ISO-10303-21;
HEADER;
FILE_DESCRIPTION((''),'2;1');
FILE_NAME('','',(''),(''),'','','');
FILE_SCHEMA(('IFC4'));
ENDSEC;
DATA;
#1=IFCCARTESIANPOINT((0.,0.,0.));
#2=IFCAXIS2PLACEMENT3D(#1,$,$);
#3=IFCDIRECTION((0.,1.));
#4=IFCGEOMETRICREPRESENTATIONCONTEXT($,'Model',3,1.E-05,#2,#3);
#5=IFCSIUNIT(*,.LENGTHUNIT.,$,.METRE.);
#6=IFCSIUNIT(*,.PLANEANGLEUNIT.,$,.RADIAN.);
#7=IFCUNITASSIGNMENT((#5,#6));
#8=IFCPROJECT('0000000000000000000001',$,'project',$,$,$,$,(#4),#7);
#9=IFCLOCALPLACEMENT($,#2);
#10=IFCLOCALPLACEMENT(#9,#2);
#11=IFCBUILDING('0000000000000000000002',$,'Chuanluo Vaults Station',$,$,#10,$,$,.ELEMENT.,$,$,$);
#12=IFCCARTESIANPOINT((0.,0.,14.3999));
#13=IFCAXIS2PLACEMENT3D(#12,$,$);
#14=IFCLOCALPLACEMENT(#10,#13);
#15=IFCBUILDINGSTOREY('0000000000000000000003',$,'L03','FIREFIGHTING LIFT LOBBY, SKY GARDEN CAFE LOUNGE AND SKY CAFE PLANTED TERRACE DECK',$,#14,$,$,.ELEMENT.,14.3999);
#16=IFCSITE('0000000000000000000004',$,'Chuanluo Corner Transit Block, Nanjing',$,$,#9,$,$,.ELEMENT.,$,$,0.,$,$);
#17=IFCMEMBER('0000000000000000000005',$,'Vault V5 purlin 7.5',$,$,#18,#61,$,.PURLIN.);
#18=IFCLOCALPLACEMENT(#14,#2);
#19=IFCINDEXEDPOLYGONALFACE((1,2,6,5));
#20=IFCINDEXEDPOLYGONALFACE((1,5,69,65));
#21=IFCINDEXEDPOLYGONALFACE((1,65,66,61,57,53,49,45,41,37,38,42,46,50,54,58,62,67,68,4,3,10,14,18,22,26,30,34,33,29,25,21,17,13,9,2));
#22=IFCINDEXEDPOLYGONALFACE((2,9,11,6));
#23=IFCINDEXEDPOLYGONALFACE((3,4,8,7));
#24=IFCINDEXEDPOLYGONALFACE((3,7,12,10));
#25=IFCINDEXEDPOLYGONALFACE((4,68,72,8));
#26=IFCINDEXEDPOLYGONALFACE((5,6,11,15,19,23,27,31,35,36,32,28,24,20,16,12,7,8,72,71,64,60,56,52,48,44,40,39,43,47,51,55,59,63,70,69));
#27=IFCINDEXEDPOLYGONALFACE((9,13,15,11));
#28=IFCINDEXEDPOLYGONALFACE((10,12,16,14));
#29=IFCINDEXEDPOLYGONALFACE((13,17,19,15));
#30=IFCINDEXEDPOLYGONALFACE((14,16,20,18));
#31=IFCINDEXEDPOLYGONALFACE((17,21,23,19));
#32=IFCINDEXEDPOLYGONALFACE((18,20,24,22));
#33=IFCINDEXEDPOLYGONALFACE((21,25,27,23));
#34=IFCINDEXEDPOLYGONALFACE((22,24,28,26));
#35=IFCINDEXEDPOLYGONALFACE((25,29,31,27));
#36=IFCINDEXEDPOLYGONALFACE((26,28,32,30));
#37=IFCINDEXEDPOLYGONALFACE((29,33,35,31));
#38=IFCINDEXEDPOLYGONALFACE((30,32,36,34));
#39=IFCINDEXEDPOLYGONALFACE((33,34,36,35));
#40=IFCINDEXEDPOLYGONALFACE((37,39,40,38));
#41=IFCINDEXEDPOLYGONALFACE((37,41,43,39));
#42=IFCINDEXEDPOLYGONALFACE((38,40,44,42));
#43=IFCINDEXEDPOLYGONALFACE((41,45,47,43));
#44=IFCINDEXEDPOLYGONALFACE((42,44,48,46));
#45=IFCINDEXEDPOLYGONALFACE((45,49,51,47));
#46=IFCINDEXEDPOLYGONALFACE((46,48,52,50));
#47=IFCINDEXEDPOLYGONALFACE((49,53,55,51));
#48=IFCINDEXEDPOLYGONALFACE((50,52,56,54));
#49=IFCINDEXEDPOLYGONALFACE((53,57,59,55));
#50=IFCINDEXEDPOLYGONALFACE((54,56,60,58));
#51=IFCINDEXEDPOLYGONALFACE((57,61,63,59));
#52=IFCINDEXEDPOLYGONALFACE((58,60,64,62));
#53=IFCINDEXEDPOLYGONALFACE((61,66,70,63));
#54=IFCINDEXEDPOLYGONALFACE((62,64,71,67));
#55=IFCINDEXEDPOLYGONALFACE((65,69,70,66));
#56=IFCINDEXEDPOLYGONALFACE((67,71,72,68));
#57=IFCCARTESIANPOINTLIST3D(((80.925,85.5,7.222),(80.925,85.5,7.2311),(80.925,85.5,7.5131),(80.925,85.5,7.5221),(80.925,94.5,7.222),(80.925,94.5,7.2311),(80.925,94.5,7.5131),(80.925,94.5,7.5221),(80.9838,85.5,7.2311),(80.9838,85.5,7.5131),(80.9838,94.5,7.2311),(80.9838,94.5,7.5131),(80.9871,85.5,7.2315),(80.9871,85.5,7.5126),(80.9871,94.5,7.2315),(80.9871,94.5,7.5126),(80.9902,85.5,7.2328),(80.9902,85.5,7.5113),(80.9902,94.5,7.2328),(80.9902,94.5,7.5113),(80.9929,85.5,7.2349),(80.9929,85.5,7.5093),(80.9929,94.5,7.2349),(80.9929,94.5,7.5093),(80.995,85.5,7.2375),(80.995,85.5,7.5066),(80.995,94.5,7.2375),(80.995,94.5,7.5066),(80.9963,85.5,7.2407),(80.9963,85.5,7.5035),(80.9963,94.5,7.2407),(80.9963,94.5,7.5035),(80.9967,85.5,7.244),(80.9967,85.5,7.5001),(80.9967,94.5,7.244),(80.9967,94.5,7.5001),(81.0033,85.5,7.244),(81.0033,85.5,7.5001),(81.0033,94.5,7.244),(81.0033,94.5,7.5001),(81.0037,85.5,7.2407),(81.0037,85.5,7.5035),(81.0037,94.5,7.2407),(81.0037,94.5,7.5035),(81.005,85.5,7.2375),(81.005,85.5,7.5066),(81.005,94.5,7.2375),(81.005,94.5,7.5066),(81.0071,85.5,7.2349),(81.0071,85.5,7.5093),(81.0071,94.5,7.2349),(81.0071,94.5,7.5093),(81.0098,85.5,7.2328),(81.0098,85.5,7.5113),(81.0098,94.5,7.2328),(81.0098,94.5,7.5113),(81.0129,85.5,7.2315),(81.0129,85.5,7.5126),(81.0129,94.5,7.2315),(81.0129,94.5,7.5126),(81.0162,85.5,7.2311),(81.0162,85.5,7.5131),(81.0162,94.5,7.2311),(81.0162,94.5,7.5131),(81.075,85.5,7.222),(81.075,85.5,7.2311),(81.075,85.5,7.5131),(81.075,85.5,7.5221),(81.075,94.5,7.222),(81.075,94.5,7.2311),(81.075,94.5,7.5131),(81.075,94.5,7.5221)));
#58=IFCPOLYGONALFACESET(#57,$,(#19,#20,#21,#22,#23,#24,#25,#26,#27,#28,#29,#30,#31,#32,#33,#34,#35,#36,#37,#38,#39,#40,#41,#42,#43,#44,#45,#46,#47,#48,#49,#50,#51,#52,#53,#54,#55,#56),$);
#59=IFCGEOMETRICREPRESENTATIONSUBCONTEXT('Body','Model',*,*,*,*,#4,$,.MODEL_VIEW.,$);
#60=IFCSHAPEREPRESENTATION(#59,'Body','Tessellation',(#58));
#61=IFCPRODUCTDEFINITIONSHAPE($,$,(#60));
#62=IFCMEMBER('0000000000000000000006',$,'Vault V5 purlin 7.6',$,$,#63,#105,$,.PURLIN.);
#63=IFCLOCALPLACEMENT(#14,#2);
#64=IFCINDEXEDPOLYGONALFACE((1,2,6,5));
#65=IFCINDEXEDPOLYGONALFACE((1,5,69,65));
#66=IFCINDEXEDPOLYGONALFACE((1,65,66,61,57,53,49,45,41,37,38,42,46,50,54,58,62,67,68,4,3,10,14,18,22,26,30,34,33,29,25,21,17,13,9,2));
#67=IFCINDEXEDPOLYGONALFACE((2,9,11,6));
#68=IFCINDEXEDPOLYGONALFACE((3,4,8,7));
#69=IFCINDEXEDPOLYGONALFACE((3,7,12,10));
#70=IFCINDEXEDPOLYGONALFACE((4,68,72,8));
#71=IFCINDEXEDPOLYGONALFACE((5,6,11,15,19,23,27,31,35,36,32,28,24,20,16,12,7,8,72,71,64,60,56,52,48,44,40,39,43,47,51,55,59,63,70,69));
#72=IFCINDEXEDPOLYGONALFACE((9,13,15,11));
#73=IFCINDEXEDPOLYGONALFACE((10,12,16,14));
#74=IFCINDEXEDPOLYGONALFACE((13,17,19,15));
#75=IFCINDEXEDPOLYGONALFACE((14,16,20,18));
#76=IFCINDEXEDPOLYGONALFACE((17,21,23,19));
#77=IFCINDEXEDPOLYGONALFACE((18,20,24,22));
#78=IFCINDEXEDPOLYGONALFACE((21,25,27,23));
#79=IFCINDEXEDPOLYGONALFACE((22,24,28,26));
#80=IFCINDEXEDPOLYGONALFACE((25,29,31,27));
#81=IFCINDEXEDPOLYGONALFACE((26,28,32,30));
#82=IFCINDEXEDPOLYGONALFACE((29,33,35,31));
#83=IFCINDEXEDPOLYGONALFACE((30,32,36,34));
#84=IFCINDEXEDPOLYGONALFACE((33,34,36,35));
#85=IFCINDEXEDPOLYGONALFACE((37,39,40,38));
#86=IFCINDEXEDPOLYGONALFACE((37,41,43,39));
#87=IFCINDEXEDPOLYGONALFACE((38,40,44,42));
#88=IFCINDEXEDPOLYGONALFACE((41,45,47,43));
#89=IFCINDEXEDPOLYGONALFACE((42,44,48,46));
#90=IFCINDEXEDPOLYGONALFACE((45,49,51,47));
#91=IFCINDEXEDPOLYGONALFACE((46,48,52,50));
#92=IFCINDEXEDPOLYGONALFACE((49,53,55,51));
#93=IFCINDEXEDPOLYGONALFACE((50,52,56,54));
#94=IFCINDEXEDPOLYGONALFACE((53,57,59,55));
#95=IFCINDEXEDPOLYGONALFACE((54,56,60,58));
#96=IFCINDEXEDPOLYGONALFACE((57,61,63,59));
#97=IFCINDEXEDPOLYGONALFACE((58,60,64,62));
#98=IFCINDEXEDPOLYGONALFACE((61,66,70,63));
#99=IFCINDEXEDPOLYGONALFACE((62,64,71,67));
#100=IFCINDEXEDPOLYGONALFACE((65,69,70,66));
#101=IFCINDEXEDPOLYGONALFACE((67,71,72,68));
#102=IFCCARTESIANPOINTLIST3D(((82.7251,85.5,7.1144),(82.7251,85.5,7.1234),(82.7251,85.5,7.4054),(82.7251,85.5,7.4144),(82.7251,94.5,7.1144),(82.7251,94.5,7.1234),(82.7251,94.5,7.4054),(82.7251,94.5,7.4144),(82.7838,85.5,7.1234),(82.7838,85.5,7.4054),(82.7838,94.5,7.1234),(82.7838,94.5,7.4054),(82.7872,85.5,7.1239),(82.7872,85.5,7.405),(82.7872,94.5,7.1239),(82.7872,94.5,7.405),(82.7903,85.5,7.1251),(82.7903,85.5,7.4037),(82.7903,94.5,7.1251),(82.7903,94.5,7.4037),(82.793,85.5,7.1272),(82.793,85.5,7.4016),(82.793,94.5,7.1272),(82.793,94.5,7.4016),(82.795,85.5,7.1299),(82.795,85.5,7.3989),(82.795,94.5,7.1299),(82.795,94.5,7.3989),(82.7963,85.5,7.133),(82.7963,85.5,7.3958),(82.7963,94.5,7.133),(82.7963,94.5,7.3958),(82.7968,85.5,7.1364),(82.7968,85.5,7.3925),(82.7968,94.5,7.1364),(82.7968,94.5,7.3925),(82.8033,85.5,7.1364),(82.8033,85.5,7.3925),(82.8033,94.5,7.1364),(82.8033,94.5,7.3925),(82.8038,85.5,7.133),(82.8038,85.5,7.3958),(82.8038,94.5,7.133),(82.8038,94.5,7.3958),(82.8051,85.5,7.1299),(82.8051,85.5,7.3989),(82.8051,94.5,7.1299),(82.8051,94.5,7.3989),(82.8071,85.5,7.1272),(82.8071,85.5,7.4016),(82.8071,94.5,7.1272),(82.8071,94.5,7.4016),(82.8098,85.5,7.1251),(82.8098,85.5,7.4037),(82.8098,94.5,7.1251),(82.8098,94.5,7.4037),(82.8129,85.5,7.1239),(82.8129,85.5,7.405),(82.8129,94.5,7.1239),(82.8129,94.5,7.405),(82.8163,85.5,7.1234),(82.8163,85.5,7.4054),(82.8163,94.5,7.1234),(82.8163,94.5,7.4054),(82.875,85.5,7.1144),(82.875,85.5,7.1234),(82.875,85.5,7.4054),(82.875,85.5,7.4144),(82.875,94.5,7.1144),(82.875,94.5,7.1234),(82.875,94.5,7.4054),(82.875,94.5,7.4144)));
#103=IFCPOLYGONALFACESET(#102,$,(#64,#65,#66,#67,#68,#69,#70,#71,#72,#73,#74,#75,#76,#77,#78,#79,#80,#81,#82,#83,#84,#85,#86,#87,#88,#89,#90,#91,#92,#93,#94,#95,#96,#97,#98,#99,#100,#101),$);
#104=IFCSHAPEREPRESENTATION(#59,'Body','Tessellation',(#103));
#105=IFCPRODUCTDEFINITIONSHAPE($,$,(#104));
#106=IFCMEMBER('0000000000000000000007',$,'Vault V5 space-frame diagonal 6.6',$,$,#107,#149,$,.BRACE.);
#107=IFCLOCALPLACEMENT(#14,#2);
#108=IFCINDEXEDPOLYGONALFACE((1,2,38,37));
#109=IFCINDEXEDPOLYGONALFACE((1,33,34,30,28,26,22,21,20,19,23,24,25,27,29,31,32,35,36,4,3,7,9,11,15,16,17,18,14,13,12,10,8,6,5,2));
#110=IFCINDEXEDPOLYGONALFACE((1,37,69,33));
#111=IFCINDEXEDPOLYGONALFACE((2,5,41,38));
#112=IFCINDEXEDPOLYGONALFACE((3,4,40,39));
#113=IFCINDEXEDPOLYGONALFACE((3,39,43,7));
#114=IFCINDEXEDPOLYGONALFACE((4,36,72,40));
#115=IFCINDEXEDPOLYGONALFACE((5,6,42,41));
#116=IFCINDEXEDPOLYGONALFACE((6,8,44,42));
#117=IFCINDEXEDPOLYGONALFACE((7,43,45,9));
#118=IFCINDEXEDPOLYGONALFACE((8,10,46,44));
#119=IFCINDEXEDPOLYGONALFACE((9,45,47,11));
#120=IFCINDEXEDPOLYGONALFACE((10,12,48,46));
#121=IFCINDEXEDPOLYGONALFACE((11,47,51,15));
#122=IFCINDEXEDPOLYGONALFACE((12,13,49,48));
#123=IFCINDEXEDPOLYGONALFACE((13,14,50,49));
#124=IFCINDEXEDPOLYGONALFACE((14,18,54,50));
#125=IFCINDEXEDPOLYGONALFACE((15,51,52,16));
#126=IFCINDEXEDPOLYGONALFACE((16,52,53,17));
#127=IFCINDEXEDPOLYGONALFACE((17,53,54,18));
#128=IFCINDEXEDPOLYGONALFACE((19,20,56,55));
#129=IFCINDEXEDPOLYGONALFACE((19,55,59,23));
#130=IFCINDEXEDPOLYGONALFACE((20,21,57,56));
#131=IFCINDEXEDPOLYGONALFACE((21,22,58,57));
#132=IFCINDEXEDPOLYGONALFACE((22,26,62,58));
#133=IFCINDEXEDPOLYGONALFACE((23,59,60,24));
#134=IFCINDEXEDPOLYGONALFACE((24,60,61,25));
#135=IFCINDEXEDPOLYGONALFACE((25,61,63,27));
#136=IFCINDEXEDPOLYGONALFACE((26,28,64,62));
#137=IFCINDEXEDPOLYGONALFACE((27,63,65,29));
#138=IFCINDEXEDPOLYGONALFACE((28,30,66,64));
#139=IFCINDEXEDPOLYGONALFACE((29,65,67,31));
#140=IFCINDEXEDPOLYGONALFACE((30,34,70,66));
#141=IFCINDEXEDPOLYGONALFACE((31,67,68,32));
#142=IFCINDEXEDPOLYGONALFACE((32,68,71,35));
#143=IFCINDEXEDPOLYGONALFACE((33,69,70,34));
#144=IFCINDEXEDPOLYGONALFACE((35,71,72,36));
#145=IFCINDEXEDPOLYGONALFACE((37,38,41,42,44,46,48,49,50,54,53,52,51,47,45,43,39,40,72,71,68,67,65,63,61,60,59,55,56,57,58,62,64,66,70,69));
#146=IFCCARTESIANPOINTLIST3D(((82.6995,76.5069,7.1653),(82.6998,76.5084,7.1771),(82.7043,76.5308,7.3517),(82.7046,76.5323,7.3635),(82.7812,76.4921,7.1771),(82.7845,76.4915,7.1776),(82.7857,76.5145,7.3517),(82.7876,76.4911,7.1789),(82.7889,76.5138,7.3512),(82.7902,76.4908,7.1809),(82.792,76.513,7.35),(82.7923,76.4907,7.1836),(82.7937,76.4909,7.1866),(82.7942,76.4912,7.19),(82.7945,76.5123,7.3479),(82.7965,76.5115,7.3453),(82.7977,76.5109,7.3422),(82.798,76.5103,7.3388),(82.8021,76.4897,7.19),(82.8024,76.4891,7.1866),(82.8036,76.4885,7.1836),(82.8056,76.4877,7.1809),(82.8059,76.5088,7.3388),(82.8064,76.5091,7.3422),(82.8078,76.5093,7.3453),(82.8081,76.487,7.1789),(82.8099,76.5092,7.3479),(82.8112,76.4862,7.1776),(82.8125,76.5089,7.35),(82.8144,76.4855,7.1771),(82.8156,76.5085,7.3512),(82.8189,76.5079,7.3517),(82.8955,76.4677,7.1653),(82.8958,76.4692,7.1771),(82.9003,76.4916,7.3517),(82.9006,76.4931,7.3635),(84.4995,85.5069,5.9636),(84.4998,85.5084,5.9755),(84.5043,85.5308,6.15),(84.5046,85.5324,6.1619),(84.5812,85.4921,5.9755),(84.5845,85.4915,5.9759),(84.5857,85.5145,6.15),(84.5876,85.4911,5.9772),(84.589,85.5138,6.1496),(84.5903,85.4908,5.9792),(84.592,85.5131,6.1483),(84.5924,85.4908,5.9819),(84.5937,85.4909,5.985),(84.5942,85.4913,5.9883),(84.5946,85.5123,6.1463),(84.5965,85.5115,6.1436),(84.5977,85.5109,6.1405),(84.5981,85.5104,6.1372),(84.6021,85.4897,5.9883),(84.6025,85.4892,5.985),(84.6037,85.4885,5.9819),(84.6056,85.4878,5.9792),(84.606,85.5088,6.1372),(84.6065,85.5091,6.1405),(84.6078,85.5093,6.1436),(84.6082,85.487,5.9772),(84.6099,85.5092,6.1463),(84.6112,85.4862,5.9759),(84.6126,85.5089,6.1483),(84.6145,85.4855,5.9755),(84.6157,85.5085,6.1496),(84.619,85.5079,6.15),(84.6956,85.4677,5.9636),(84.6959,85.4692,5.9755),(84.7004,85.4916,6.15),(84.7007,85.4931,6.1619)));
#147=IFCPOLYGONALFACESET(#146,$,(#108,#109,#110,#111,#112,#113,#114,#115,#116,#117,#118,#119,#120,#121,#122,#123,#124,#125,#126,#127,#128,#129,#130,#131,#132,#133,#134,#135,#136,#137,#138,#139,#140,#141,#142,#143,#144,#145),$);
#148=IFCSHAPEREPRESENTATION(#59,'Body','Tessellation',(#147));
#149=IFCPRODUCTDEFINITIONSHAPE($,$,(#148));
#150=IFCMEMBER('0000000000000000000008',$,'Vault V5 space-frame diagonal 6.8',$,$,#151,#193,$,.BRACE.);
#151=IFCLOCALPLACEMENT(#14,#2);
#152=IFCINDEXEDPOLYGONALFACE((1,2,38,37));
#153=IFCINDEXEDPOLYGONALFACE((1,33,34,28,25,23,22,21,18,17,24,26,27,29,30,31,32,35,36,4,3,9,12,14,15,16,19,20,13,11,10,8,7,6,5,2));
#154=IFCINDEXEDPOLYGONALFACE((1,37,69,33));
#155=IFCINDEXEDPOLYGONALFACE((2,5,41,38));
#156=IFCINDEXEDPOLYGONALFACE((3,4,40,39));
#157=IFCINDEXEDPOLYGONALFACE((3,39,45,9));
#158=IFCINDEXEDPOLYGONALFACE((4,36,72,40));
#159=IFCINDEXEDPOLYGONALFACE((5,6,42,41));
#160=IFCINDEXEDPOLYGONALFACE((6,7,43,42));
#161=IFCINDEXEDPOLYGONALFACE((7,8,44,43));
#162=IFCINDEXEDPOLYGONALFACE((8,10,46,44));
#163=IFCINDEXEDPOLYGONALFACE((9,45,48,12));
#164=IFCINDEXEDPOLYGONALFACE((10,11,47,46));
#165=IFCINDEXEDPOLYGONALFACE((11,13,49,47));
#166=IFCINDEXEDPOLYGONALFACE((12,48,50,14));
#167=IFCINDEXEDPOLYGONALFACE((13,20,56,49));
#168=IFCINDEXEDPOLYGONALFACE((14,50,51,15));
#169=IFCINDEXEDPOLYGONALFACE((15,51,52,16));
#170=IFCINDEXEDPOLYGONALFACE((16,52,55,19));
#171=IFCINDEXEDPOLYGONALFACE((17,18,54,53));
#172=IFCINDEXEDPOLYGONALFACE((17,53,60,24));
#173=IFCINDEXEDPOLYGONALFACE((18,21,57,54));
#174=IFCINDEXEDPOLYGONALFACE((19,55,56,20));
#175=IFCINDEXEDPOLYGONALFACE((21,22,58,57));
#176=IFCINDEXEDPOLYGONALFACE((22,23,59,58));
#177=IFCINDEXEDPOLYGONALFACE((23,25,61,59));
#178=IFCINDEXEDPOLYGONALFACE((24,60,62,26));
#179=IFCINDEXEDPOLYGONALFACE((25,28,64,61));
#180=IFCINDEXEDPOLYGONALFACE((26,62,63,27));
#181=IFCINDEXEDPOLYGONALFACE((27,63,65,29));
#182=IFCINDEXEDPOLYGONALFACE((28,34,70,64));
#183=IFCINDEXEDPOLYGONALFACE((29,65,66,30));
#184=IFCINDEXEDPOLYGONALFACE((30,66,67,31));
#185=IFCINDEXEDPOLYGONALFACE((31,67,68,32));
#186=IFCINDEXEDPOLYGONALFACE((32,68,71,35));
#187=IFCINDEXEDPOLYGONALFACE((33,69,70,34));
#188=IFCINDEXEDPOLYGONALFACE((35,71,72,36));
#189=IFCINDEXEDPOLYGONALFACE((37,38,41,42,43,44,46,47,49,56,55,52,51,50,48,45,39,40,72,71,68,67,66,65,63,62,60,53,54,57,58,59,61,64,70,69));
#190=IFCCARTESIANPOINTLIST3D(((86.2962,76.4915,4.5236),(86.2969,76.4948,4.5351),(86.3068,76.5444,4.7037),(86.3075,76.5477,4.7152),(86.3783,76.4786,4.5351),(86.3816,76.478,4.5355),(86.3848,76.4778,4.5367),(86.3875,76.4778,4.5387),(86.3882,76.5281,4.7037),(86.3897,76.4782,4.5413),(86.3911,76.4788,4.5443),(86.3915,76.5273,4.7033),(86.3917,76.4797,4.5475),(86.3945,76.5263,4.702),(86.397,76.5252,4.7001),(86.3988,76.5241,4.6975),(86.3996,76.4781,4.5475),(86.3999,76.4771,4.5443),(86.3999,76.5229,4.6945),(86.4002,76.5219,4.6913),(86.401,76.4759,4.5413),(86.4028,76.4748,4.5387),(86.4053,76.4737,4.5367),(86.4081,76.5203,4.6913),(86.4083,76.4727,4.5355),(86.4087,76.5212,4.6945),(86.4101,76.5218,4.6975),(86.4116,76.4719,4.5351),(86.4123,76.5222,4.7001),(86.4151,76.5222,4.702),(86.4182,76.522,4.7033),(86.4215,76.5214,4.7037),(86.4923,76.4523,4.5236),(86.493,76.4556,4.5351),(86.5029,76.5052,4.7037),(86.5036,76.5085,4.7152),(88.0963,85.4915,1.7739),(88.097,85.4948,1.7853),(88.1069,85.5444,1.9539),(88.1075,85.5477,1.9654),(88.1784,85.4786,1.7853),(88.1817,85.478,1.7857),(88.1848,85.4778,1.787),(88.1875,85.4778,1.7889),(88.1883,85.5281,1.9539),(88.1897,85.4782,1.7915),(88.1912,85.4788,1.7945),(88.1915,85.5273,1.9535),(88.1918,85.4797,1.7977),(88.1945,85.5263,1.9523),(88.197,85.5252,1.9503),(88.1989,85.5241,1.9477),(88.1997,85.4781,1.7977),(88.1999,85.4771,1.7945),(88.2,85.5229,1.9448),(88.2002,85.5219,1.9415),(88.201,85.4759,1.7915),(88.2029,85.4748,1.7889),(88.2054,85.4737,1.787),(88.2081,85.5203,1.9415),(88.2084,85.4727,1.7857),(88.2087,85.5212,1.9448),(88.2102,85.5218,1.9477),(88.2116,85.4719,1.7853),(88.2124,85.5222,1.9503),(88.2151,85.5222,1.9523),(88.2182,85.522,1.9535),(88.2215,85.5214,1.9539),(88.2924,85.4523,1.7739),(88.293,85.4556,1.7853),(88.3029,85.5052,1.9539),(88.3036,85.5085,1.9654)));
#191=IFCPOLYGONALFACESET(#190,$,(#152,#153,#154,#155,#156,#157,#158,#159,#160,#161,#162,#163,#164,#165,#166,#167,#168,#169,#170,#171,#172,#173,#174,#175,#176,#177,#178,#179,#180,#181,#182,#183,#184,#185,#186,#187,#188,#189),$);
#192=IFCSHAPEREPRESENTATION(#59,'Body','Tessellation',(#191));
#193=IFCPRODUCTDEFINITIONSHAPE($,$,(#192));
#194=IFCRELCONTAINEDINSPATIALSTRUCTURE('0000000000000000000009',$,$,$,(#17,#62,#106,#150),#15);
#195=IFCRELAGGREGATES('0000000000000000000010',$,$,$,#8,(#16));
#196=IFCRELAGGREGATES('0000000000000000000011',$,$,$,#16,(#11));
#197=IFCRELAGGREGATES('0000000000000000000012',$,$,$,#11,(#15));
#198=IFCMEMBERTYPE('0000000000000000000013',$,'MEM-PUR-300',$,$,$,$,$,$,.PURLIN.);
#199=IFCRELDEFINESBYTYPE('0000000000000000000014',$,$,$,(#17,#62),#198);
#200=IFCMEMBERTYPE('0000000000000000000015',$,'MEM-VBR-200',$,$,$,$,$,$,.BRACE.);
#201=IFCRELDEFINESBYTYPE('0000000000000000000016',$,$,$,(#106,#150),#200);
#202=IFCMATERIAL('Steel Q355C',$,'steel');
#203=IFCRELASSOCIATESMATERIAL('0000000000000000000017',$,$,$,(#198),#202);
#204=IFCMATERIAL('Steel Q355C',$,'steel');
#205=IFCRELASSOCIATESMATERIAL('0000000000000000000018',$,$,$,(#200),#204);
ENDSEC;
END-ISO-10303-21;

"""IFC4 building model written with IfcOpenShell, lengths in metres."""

from ifc_helpers import new_model, si_unit, direction, frame, origin, origin_2d, place, context, subcontext, project, spatial, i_section, extrude, material, material_profile, profile_set, type_object, element, save


model = new_model("IFC4")

# Units and contexts
model_context = context("Model", 3, precision=1e-05, world=origin(), true_north=direction((0.0, 1.0)))
body_context = subcontext(model_context, "Body", "Model", "MODEL_VIEW")
ifc_project = project(units=[si_unit("LENGTHUNIT", "METRE"), si_unit("PLANEANGLEUNIT", "RADIAN")], contexts=[model_context])

# Site, building, storey
site_placement = place(None, origin())
site = spatial("IfcSite", under=ifc_project, at=site_placement, Name="Chuanluo Corner Transit Block, Nanjing", CompositionType="ELEMENT", RefElevation=0.0)
building_placement = place(site_placement, origin())
building = spatial("IfcBuilding", under=site, at=building_placement, Name="Chuanluo Vaults Station", CompositionType="ELEMENT")
storey_placement = place(building_placement, frame((0.0, 0.0, 14.3999)))
storey = spatial("IfcBuildingStorey", under=building, at=storey_placement, Name="L03", Description="FIREFIGHTING LIFT LOBBY, SKY GARDEN CAFE LOUNGE AND SKY CAFE PLANTED TERRACE DECK", CompositionType="ELEMENT", Elevation=14.3999)

# Members
ifc_material_1 = material(Name="Steel Q355C", Category="steel")
ifc_material_profile_1 = material_profile(ifc_material_1, i_section(OverallWidth=0.1499, OverallDepth=0.3, WebThickness=0.0066, FlangeThickness=0.009, FilletRadius=0.0129, at=origin_2d()))
ifc_profile_set_1 = profile_set([ifc_material_profile_1], Name="Steel Q355C")
member_type_1 = type_object("IfcMemberType", Name="MEM-PUR-300", PredefinedType="PURLIN", material=ifc_profile_set_1)
for number, where, z_axis, x_axis, name in (
    (1, (81.0, 85.5, 7.3721), (0.0, 1.0, 0.0), (-1.0, 0.0, 0.0), "Vault V5 purlin 7.5"),
    (2, (82.8, 85.5, 7.2644), (0.0, 1.0, 0.0), (-1.0, 0.0, 0.0), "Vault V5 purlin 7.6"),
):
    element("IfcMember", number, at=place(storey_placement, frame(where, z_axis=z_axis, x_axis=x_axis)), inside=storey, type_object=member_type_1, Name=name, PredefinedType="PURLIN", context=body_context, shape_type="SweptSolid", body=[
        extrude(i_section(OverallWidth=0.1499, OverallDepth=0.3, WebThickness=0.0066, FlangeThickness=0.009, FilletRadius=0.0129, at=origin_2d()), origin(), (0.0, 0.0, 1.0), 9.0),
    ])
ifc_material_2 = material(Name="Steel Q355C", Category="steel")
ifc_material_profile_2 = material_profile(ifc_material_2, i_section(OverallWidth=0.2, OverallDepth=0.2, WebThickness=0.0081, FlangeThickness=0.012, FilletRadius=0.0129, at=origin_2d()))
ifc_profile_set_2 = profile_set([ifc_material_profile_2], Name="Steel Q355C")
member_type_2 = type_object("IfcMemberType", Name="MEM-VBR-200", PredefinedType="BRACE", material=ifc_profile_set_2)
member_1_placement = place(storey_placement, frame((82.8, 76.5, 7.2644), z_axis=(0.194462, 0.972282, -0.129817), x_axis=(-0.98058, 0.196121, 0.0)))
element("IfcMember", 3, at=member_1_placement, inside=storey, type_object=member_type_2, Name="Vault V5 space-frame diagonal 6.6", PredefinedType="BRACE", context=body_context, shape_type="SweptSolid", body=[
    extrude(i_section(OverallWidth=0.2, OverallDepth=0.2, WebThickness=0.0081, FlangeThickness=0.012, FilletRadius=0.0129, at=origin_2d()), origin(), (0.0, 0.0, 1.0), 9.2566),
])
member_2_placement = place(storey_placement, frame((86.3999, 76.5, 4.6194), z_axis=(0.187871, 0.93933, -0.286992), x_axis=(-0.98058, 0.196121, 0.0)))
element("IfcMember", 4, at=member_2_placement, inside=storey, type_object=member_type_2, Name="Vault V5 space-frame diagonal 6.8", PredefinedType="BRACE", context=body_context, shape_type="SweptSolid", body=[
    extrude(i_section(OverallWidth=0.2, OverallDepth=0.2, WebThickness=0.0081, FlangeThickness=0.012, FilletRadius=0.0129, at=origin_2d()), origin(), (0.0, 0.0, 1.0), 9.5813),
])

save(model, "model.ifc")
